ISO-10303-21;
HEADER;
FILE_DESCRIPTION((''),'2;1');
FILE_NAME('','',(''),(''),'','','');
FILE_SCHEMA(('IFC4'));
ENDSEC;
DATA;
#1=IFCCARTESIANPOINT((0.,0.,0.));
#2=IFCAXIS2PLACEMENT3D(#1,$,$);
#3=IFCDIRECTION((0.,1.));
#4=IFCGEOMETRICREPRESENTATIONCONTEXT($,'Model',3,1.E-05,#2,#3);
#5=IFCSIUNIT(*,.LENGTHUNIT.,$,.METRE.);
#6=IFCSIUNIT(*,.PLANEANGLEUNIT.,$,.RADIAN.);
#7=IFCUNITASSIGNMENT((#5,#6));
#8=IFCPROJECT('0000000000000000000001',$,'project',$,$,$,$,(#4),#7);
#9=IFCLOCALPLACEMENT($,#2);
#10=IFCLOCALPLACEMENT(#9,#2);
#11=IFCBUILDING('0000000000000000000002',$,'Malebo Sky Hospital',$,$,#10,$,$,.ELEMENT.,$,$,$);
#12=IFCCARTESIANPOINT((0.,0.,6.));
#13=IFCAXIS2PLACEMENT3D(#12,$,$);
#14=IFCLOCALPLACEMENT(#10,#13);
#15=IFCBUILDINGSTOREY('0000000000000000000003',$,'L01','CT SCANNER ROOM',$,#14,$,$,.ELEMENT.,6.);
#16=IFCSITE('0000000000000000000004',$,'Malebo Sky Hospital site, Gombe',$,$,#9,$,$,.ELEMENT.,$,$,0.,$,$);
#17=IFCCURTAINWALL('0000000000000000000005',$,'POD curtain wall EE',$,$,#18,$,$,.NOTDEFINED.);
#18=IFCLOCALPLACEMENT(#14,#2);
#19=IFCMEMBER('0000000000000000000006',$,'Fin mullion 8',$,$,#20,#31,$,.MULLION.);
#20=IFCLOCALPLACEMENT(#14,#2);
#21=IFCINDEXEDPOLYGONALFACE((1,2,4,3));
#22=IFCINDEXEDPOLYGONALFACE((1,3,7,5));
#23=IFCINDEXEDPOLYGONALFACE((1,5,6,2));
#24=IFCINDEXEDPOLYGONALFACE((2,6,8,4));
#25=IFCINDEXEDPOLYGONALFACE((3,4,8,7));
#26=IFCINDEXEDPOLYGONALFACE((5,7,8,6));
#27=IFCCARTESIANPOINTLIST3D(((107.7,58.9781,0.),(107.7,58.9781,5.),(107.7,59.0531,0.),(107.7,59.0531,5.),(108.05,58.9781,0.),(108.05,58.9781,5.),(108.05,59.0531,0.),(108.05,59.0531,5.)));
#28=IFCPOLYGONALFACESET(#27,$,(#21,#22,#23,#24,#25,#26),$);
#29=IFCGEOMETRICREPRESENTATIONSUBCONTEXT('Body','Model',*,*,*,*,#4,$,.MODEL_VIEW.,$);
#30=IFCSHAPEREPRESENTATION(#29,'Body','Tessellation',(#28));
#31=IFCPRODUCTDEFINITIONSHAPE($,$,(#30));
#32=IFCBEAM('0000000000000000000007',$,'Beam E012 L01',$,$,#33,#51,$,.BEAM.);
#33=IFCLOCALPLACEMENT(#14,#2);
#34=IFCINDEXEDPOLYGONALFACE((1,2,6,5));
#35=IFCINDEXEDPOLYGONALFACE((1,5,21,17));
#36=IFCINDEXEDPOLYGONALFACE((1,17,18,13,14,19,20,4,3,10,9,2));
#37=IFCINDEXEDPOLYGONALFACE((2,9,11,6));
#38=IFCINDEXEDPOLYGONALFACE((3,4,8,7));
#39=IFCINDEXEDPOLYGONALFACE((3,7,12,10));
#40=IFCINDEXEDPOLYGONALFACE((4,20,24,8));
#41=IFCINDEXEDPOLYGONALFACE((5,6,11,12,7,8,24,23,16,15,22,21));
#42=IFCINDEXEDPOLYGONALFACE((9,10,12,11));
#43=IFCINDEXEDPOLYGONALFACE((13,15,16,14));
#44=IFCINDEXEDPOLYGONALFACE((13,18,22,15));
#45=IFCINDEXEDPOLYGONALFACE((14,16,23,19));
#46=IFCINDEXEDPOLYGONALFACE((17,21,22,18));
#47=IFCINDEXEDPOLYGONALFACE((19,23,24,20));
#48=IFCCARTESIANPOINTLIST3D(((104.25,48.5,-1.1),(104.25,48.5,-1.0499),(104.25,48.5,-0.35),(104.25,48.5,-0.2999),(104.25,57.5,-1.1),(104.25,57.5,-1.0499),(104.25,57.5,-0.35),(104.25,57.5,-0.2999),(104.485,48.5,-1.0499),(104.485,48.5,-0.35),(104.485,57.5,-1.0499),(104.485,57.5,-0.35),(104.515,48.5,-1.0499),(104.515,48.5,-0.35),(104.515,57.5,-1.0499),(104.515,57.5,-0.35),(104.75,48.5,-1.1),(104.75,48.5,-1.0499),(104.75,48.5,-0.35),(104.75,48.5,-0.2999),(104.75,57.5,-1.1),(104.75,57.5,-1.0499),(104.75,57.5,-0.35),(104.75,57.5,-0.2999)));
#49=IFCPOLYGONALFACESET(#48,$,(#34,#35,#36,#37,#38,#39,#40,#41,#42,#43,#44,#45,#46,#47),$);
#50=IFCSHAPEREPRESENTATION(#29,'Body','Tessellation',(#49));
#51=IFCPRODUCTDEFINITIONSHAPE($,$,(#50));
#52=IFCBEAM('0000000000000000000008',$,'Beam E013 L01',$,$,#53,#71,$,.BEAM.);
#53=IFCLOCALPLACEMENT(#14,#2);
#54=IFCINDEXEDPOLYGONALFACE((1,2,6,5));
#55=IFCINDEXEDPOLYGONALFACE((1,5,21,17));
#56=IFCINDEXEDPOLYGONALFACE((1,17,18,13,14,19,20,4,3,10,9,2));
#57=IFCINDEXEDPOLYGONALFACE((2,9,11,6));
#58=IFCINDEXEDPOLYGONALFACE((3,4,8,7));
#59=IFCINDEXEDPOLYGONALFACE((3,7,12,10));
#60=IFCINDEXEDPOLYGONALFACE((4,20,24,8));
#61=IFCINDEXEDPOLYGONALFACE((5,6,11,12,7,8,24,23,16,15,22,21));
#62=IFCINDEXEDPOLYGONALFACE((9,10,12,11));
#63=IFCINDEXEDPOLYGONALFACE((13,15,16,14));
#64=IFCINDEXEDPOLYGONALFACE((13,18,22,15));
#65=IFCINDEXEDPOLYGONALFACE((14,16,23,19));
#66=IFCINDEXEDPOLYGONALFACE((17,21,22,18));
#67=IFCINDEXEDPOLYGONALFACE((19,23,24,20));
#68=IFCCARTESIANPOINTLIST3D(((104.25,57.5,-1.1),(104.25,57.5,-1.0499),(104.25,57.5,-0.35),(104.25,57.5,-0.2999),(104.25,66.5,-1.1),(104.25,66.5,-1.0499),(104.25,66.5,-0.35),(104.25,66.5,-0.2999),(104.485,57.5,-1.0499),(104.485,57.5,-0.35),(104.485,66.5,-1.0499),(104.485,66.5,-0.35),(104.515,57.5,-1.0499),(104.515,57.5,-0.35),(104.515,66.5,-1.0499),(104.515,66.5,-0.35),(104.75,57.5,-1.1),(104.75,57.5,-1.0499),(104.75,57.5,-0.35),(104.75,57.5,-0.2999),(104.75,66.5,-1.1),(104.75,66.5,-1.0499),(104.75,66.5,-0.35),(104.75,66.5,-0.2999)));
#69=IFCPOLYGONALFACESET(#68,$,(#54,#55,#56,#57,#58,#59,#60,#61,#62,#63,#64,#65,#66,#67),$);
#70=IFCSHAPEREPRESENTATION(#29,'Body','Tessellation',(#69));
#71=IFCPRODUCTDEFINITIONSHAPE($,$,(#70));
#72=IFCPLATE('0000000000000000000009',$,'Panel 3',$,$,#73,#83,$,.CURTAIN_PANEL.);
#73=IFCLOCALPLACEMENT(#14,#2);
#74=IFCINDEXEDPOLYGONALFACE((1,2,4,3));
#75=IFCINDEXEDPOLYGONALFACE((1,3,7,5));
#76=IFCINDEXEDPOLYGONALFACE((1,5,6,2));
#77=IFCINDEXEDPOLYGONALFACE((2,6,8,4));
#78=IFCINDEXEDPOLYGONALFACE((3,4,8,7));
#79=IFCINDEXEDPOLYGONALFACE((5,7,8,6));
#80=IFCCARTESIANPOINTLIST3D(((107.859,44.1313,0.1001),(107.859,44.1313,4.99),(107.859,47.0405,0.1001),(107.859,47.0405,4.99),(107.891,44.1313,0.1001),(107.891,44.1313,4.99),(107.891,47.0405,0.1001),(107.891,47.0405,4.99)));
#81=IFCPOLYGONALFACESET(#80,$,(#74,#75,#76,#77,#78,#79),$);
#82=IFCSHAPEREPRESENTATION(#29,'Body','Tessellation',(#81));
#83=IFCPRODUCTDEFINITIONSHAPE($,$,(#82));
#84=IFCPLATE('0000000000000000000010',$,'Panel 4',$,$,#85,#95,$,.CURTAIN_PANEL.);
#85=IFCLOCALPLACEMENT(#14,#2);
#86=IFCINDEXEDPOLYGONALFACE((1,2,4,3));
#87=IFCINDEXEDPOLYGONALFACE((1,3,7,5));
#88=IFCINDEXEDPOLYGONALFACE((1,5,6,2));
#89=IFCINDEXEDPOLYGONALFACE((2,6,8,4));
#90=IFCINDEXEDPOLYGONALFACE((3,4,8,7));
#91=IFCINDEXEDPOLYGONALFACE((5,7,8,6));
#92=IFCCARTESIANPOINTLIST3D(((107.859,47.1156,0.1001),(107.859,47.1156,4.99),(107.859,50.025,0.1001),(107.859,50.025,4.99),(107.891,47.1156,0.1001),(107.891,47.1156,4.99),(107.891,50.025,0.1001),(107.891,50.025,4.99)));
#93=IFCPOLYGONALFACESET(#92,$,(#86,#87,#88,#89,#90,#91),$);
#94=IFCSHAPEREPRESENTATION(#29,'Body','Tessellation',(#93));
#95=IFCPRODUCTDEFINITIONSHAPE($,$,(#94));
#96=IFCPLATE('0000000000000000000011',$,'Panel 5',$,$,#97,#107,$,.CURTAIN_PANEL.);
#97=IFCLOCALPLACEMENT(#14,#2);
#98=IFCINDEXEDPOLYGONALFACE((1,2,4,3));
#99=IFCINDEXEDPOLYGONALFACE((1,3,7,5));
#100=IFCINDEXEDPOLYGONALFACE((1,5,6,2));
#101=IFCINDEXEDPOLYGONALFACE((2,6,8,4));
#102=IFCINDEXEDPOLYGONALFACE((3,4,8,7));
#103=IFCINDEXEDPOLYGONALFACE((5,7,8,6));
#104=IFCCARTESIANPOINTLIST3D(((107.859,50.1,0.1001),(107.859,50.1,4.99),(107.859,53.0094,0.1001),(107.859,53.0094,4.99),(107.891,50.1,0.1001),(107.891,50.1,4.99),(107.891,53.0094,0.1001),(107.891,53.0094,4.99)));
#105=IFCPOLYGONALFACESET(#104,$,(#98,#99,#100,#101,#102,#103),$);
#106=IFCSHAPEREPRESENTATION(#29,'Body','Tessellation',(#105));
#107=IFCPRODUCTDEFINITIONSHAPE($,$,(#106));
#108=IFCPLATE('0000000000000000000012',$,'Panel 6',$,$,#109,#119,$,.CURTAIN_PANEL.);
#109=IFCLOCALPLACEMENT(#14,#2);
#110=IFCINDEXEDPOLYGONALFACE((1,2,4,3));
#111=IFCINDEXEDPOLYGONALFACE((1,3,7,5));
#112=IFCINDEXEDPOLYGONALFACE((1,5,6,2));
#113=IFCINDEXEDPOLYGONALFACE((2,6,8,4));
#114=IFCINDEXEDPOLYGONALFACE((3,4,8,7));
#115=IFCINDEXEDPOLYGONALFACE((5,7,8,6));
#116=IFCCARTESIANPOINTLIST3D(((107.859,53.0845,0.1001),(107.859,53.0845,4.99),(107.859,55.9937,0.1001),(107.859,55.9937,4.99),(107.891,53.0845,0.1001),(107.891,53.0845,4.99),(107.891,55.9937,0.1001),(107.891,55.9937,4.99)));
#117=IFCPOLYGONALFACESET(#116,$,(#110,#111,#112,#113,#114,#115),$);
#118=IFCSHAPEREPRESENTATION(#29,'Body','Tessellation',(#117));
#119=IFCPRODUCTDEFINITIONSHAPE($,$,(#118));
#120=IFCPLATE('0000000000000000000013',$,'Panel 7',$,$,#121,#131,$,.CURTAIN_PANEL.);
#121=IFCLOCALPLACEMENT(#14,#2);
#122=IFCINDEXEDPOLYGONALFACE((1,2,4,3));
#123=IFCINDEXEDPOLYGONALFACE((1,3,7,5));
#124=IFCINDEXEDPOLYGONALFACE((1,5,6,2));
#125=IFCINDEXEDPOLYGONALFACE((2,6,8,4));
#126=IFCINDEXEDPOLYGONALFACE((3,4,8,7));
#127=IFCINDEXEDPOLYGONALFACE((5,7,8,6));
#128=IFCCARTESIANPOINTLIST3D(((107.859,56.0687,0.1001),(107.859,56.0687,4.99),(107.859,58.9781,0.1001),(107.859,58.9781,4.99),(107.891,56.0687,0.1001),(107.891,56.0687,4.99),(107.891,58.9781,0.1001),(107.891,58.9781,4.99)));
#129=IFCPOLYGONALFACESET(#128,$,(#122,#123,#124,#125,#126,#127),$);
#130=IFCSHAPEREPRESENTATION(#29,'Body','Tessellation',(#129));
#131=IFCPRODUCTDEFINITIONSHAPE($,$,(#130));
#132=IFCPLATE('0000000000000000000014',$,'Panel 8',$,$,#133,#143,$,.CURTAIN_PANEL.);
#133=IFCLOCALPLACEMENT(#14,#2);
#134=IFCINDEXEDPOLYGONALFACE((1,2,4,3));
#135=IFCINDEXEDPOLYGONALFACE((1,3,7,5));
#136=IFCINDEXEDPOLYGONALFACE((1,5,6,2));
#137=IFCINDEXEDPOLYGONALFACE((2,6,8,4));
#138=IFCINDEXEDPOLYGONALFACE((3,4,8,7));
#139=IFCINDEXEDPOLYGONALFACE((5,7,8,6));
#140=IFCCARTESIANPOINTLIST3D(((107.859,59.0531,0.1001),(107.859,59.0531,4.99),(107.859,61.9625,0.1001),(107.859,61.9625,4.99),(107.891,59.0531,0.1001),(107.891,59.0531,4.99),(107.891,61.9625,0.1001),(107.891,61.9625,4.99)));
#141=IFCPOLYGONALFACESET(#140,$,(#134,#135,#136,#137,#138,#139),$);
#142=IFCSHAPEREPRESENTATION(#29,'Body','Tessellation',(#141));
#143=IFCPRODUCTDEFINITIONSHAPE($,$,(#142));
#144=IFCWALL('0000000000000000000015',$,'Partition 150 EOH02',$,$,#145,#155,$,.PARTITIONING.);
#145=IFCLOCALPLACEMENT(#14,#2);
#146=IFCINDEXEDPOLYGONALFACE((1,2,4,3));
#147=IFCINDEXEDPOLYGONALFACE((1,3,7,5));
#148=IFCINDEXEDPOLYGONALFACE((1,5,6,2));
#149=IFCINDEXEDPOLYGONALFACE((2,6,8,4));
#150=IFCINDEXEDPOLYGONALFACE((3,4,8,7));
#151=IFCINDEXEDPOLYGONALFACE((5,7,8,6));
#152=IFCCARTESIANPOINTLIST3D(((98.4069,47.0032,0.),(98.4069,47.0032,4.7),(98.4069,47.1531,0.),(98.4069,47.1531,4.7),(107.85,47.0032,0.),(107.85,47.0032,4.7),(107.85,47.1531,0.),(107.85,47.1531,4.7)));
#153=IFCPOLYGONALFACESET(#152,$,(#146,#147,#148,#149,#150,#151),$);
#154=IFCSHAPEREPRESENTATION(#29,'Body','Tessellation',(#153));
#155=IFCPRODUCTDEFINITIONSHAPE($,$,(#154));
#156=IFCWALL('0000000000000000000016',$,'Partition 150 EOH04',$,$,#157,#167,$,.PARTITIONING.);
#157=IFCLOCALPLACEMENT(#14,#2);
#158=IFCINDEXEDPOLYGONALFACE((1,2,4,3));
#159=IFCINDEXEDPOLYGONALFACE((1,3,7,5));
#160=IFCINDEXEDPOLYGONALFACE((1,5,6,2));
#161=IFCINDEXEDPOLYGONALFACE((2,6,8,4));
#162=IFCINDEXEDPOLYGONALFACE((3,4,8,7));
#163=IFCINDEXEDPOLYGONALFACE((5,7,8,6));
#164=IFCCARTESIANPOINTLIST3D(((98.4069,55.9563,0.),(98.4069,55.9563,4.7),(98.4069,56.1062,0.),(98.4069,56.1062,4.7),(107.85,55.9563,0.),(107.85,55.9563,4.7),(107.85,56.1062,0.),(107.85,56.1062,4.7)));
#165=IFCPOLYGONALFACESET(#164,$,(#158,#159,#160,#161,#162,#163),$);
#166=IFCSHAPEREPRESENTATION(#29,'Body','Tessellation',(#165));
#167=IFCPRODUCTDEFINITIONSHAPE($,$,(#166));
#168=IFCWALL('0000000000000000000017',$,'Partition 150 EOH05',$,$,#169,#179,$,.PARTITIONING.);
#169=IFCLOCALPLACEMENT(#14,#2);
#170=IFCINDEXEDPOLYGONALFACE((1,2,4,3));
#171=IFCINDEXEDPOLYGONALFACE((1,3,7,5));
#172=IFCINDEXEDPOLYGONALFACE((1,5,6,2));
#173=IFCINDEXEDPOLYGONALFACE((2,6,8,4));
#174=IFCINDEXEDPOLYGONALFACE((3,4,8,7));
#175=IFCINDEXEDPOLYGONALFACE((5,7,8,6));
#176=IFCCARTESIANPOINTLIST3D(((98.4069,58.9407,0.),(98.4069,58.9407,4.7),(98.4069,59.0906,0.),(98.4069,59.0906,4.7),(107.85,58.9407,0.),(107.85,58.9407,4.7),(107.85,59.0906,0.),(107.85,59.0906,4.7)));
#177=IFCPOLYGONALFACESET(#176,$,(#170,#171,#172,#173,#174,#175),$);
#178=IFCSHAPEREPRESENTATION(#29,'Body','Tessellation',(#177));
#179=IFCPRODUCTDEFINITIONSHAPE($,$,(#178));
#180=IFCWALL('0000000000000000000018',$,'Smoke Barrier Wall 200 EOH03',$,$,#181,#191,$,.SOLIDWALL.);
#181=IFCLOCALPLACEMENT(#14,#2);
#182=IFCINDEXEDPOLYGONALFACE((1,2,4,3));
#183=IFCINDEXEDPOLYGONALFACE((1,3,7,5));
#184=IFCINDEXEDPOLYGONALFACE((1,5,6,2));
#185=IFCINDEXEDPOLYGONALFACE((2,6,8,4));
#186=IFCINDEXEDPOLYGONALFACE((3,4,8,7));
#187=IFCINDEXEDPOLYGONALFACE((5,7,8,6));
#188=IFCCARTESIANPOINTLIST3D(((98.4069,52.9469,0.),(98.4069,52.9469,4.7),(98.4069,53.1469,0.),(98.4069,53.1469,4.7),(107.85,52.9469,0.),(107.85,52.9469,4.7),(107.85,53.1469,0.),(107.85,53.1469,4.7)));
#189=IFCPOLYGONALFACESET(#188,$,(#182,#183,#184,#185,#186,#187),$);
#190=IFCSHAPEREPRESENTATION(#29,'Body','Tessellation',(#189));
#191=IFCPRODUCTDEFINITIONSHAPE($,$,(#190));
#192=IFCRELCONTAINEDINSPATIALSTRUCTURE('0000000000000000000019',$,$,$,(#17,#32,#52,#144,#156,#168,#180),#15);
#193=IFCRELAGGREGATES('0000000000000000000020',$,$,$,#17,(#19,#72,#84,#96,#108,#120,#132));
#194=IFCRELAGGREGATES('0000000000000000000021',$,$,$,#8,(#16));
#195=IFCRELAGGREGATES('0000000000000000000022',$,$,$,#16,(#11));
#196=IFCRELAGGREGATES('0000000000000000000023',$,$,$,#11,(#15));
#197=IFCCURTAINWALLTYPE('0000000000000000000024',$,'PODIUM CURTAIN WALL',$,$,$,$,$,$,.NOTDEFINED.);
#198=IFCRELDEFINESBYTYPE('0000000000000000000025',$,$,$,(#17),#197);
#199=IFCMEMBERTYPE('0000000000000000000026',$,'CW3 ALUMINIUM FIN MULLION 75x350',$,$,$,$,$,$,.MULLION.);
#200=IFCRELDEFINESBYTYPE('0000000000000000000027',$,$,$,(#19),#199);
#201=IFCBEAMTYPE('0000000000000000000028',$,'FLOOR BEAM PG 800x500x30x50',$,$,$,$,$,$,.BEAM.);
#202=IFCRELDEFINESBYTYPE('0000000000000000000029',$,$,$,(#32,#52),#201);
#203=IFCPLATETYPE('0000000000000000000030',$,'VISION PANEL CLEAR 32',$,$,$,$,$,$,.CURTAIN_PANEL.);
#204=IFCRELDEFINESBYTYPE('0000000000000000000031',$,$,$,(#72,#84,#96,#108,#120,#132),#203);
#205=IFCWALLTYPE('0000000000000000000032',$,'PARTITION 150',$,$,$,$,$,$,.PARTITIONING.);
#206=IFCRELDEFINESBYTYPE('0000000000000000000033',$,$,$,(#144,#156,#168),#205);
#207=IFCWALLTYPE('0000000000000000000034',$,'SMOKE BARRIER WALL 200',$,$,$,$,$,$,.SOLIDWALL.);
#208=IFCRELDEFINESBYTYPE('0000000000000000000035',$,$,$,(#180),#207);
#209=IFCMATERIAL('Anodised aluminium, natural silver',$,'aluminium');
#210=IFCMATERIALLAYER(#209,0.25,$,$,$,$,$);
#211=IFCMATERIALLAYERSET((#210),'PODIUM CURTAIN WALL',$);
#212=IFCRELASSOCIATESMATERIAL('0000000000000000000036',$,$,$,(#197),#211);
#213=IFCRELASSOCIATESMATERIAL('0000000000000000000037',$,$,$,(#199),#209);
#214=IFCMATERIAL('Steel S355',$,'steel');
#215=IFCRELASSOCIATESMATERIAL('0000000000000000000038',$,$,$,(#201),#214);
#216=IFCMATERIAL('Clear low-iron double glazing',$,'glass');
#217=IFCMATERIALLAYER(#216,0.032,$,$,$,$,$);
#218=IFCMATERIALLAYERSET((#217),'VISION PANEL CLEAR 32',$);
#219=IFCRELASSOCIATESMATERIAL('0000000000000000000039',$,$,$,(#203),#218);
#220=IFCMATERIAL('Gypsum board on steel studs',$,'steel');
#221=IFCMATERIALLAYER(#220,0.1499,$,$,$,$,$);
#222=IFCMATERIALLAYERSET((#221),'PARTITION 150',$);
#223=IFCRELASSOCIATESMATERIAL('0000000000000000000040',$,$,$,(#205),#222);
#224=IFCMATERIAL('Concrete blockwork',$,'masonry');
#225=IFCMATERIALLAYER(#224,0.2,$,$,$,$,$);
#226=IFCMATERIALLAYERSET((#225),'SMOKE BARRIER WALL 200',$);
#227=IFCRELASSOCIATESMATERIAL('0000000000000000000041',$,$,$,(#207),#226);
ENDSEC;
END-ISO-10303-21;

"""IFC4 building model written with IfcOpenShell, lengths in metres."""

from ifc_helpers import new_model, si_unit, direction, frame, frame_2d, origin, origin_2d, place, context, subcontext, project, spatial, rectangle, i_section, extrude, material, layer, layer_set, material_profile, profile_set, type_object, element, aggregate, save


model = new_model("IFC4")

# Units and contexts
model_context = context("Model", 3, precision=1e-05, world=origin(), true_north=direction((0.0, 1.0)))
body_context = subcontext(model_context, "Body", "Model", "MODEL_VIEW")
ifc_project = project(units=[si_unit("LENGTHUNIT", "METRE"), si_unit("PLANEANGLEUNIT", "RADIAN")], contexts=[model_context])

# Site, building, storey
site_placement = place(None, origin())
site = spatial("IfcSite", under=ifc_project, at=site_placement, Name="Malebo Sky Hospital site, Gombe", CompositionType="ELEMENT", RefElevation=0.0)
building_placement = place(site_placement, origin())
building = spatial("IfcBuilding", under=site, at=building_placement, Name="Malebo Sky Hospital", CompositionType="ELEMENT")
storey_placement = place(building_placement, frame((0.0, 0.0, 6.0)))
storey = spatial("IfcBuildingStorey", under=building, at=storey_placement, Name="L01", Description="CT SCANNER ROOM", CompositionType="ELEMENT", Elevation=6.0)

# Shared definitions
ifc_material_1 = material(Name="Steel S355", Category="steel")

# Curtain wall, member
ifc_material_2 = material(Name="Anodised aluminium, natural silver", Category="aluminium")
ifc_layer_1 = layer(ifc_material_2, 0.25)
ifc_layer_set_1 = layer_set([ifc_layer_1], Name="PODIUM CURTAIN WALL")
curtain_wall_type = type_object("IfcCurtainWallType", Name="PODIUM CURTAIN WALL", PredefinedType="NOTDEFINED", material=ifc_layer_set_1)
curtain_wall_placement = place(storey_placement, origin())
curtain_wall = element("IfcCurtainWall", 1, at=curtain_wall_placement, inside=storey, type_object=curtain_wall_type, Name="POD curtain wall EE", PredefinedType="NOTDEFINED")
ifc_material_profile_1 = material_profile(ifc_material_2, rectangle(XDim=0.075, YDim=0.3501, at=origin_2d()), Name="CW3 ALUMINIUM FIN MULLION 75x350")
ifc_profile_set_1 = profile_set([ifc_material_profile_1], Name="Anodised aluminium, natural silver")
member_type_1 = type_object("IfcMemberType", Name="CW3 ALUMINIUM FIN MULLION 75x350", PredefinedType="MULLION", material=ifc_profile_set_1)
member_1_placement = place(storey_placement, frame((107.875, 59.0156, 0.0), z_axis=(0.0, 0.0, 1.0), x_axis=(0.0, 1.0, 0.0)))
member_1 = element("IfcMember", 2, at=member_1_placement, type_object=member_type_1, Name="Fin mullion 8", PredefinedType="MULLION", context=body_context, shape_type="SweptSolid", body=[
    extrude(rectangle(XDim=0.075, YDim=0.3501, at=origin_2d()), origin(), (0.0, 0.0, 1.0), 5.0),
])

# Beams
ifc_material_profile_2 = material_profile(ifc_material_1, i_section(OverallWidth=0.5, OverallDepth=0.8, WebThickness=0.03, FlangeThickness=0.05, at=origin_2d()), Name="PG 800x500x30x50")
ifc_profile_set_2 = profile_set([ifc_material_profile_2], Name="Steel S355")
beam_type = type_object("IfcBeamType", Name="FLOOR BEAM PG 800x500x30x50", PredefinedType="BEAM", material=ifc_profile_set_2)
for number, where, z_axis, x_axis, name in (
    (3, (104.5, 48.5, -0.7), (0.0, 1.0, 0.0), (-1.0, 0.0, 0.0), "Beam E012 L01"),
    (4, (104.5, 57.5, -0.7), (0.0, 1.0, 0.0), (-1.0, 0.0, 0.0), "Beam E013 L01"),
):
    element("IfcBeam", number, at=place(storey_placement, frame(where, z_axis=z_axis, x_axis=x_axis)), inside=storey, type_object=beam_type, Name=name, PredefinedType="BEAM", context=body_context, shape_type="SweptSolid", body=[
        extrude(i_section(OverallWidth=0.5, OverallDepth=0.8, WebThickness=0.03, FlangeThickness=0.05, at=origin_2d()), origin(), (0.0, 0.0, 1.0), 9.0),
    ])

# Plates
ifc_material_3 = material(Name="Clear low-iron double glazing", Category="glass")
ifc_layer_2 = layer(ifc_material_3, 0.032)
ifc_layer_set_2 = layer_set([ifc_layer_2], Name="VISION PANEL CLEAR 32")
plate_type = type_object("IfcPlateType", Name="VISION PANEL CLEAR 32", PredefinedType="CURTAIN_PANEL", material=ifc_layer_set_2)
plate_1_placement = place(storey_placement, frame((107.875, 45.5859, 0.1001), z_axis=(0.0, 0.0, 1.0), x_axis=(0.0, 1.0, 0.0)))
plate_1 = element("IfcPlate", 5, at=plate_1_placement, type_object=plate_type, Name="Panel 3", PredefinedType="CURTAIN_PANEL", context=body_context, shape_type="SweptSolid", body=[
    extrude(rectangle(XDim=2.9092, YDim=0.032, at=origin_2d()), origin(), (0.0, 0.0, 1.0), 4.8899),
])
plate_2_placement = place(storey_placement, frame((107.875, 48.5703, 0.1001), z_axis=(0.0, 0.0, 1.0), x_axis=(0.0, 1.0, 0.0)))
plate_2 = element("IfcPlate", 6, at=plate_2_placement, type_object=plate_type, Name="Panel 4", PredefinedType="CURTAIN_PANEL", context=body_context, shape_type="SweptSolid", body=[
    extrude(rectangle(XDim=2.9094, YDim=0.032, at=origin_2d()), origin(), (0.0, 0.0, 1.0), 4.8899),
])
plate_3_placement = place(storey_placement, frame((107.875, 51.5547, 0.1001), z_axis=(0.0, 0.0, 1.0), x_axis=(0.0, 1.0, 0.0)))
plate_3 = element("IfcPlate", 7, at=plate_3_placement, type_object=plate_type, Name="Panel 5", PredefinedType="CURTAIN_PANEL", context=body_context, shape_type="SweptSolid", body=[
    extrude(rectangle(XDim=2.9094, YDim=0.032, at=origin_2d()), origin(), (0.0, 0.0, 1.0), 4.8899),
])
plate_4_placement = place(storey_placement, frame((107.875, 54.5391, 0.1001), z_axis=(0.0, 0.0, 1.0), x_axis=(0.0, 1.0, 0.0)))
plate_4 = element("IfcPlate", 8, at=plate_4_placement, type_object=plate_type, Name="Panel 6", PredefinedType="CURTAIN_PANEL", context=body_context, shape_type="SweptSolid", body=[
    extrude(rectangle(XDim=2.9092, YDim=0.032, at=origin_2d()), origin(), (0.0, 0.0, 1.0), 4.8899),
])
plate_5_placement = place(storey_placement, frame((107.875, 57.5234, 0.1001), z_axis=(0.0, 0.0, 1.0), x_axis=(0.0, 1.0, 0.0)))
plate_5 = element("IfcPlate", 9, at=plate_5_placement, type_object=plate_type, Name="Panel 7", PredefinedType="CURTAIN_PANEL", context=body_context, shape_type="SweptSolid", body=[
    extrude(rectangle(XDim=2.9094, YDim=0.032, at=origin_2d()), origin(), (0.0, 0.0, 1.0), 4.8899),
])
plate_6_placement = place(storey_placement, frame((107.875, 60.5078, 0.1001), z_axis=(0.0, 0.0, 1.0), x_axis=(0.0, 1.0, 0.0)))
plate_6 = element("IfcPlate", 10, at=plate_6_placement, type_object=plate_type, Name="Panel 8", PredefinedType="CURTAIN_PANEL", context=body_context, shape_type="SweptSolid", body=[
    extrude(rectangle(XDim=2.9094, YDim=0.032, at=origin_2d()), origin(), (0.0, 0.0, 1.0), 4.8899),
])
aggregate(curtain_wall, [member_1, plate_1, plate_2, plate_3, plate_4, plate_5, plate_6])

# Walls
ifc_material_4 = material(Name="Gypsum board on steel studs", Category="steel")
ifc_layer_3 = layer(ifc_material_4, 0.1499)
ifc_layer_set_3 = layer_set([ifc_layer_3], Name="PARTITION 150")
wall_type_1 = type_object("IfcWallType", Name="PARTITION 150", PredefinedType="PARTITIONING", material=ifc_layer_set_3)
for number, where, z_axis, x_axis, name in (
    (11, (107.8501, 47.0781, 0.0), (0.0, 0.0, 1.0), (-1.0, 0.0, 0.0), "Partition 150 EOH02"),
    (12, (107.8501, 56.0312, 0.0), (0.0, 0.0, 1.0), (-1.0, 0.0, 0.0), "Partition 150 EOH04"),
    (13, (107.8501, 59.0156, 0.0), (0.0, 0.0, 1.0), (-1.0, 0.0, 0.0), "Partition 150 EOH05"),
):
    element("IfcWall", number, at=place(storey_placement, frame(where, z_axis=z_axis, x_axis=x_axis)), inside=storey, type_object=wall_type_1, Name=name, PredefinedType="PARTITIONING", context=body_context, shape_type="SweptSolid", body=[
        extrude(rectangle(XDim=9.4431, YDim=0.1499, at=frame_2d((4.7217, 0.0))), origin(), (0.0, 0.0, 1.0), 4.7),
    ])
ifc_material_5 = material(Name="Concrete blockwork", Category="masonry")
ifc_layer_4 = layer(ifc_material_5, 0.2)
ifc_layer_set_4 = layer_set([ifc_layer_4], Name="SMOKE BARRIER WALL 200")
wall_type_2 = type_object("IfcWallType", Name="SMOKE BARRIER WALL 200", PredefinedType="SOLIDWALL", material=ifc_layer_set_4)
wall_placement = place(storey_placement, frame((107.8501, 53.0469, 0.0), z_axis=(0.0, 0.0, 1.0), x_axis=(-1.0, 0.0, 0.0)))
element("IfcWall", 14, at=wall_placement, inside=storey, type_object=wall_type_2, Name="Smoke Barrier Wall 200 EOH03", PredefinedType="SOLIDWALL", context=body_context, shape_type="SweptSolid", body=[
    extrude(rectangle(XDim=9.4431, YDim=0.2, at=frame_2d((4.7217, 0.0))), origin(), (0.0, 0.0, 1.0), 4.7),
])

save(model, "model.ifc")
